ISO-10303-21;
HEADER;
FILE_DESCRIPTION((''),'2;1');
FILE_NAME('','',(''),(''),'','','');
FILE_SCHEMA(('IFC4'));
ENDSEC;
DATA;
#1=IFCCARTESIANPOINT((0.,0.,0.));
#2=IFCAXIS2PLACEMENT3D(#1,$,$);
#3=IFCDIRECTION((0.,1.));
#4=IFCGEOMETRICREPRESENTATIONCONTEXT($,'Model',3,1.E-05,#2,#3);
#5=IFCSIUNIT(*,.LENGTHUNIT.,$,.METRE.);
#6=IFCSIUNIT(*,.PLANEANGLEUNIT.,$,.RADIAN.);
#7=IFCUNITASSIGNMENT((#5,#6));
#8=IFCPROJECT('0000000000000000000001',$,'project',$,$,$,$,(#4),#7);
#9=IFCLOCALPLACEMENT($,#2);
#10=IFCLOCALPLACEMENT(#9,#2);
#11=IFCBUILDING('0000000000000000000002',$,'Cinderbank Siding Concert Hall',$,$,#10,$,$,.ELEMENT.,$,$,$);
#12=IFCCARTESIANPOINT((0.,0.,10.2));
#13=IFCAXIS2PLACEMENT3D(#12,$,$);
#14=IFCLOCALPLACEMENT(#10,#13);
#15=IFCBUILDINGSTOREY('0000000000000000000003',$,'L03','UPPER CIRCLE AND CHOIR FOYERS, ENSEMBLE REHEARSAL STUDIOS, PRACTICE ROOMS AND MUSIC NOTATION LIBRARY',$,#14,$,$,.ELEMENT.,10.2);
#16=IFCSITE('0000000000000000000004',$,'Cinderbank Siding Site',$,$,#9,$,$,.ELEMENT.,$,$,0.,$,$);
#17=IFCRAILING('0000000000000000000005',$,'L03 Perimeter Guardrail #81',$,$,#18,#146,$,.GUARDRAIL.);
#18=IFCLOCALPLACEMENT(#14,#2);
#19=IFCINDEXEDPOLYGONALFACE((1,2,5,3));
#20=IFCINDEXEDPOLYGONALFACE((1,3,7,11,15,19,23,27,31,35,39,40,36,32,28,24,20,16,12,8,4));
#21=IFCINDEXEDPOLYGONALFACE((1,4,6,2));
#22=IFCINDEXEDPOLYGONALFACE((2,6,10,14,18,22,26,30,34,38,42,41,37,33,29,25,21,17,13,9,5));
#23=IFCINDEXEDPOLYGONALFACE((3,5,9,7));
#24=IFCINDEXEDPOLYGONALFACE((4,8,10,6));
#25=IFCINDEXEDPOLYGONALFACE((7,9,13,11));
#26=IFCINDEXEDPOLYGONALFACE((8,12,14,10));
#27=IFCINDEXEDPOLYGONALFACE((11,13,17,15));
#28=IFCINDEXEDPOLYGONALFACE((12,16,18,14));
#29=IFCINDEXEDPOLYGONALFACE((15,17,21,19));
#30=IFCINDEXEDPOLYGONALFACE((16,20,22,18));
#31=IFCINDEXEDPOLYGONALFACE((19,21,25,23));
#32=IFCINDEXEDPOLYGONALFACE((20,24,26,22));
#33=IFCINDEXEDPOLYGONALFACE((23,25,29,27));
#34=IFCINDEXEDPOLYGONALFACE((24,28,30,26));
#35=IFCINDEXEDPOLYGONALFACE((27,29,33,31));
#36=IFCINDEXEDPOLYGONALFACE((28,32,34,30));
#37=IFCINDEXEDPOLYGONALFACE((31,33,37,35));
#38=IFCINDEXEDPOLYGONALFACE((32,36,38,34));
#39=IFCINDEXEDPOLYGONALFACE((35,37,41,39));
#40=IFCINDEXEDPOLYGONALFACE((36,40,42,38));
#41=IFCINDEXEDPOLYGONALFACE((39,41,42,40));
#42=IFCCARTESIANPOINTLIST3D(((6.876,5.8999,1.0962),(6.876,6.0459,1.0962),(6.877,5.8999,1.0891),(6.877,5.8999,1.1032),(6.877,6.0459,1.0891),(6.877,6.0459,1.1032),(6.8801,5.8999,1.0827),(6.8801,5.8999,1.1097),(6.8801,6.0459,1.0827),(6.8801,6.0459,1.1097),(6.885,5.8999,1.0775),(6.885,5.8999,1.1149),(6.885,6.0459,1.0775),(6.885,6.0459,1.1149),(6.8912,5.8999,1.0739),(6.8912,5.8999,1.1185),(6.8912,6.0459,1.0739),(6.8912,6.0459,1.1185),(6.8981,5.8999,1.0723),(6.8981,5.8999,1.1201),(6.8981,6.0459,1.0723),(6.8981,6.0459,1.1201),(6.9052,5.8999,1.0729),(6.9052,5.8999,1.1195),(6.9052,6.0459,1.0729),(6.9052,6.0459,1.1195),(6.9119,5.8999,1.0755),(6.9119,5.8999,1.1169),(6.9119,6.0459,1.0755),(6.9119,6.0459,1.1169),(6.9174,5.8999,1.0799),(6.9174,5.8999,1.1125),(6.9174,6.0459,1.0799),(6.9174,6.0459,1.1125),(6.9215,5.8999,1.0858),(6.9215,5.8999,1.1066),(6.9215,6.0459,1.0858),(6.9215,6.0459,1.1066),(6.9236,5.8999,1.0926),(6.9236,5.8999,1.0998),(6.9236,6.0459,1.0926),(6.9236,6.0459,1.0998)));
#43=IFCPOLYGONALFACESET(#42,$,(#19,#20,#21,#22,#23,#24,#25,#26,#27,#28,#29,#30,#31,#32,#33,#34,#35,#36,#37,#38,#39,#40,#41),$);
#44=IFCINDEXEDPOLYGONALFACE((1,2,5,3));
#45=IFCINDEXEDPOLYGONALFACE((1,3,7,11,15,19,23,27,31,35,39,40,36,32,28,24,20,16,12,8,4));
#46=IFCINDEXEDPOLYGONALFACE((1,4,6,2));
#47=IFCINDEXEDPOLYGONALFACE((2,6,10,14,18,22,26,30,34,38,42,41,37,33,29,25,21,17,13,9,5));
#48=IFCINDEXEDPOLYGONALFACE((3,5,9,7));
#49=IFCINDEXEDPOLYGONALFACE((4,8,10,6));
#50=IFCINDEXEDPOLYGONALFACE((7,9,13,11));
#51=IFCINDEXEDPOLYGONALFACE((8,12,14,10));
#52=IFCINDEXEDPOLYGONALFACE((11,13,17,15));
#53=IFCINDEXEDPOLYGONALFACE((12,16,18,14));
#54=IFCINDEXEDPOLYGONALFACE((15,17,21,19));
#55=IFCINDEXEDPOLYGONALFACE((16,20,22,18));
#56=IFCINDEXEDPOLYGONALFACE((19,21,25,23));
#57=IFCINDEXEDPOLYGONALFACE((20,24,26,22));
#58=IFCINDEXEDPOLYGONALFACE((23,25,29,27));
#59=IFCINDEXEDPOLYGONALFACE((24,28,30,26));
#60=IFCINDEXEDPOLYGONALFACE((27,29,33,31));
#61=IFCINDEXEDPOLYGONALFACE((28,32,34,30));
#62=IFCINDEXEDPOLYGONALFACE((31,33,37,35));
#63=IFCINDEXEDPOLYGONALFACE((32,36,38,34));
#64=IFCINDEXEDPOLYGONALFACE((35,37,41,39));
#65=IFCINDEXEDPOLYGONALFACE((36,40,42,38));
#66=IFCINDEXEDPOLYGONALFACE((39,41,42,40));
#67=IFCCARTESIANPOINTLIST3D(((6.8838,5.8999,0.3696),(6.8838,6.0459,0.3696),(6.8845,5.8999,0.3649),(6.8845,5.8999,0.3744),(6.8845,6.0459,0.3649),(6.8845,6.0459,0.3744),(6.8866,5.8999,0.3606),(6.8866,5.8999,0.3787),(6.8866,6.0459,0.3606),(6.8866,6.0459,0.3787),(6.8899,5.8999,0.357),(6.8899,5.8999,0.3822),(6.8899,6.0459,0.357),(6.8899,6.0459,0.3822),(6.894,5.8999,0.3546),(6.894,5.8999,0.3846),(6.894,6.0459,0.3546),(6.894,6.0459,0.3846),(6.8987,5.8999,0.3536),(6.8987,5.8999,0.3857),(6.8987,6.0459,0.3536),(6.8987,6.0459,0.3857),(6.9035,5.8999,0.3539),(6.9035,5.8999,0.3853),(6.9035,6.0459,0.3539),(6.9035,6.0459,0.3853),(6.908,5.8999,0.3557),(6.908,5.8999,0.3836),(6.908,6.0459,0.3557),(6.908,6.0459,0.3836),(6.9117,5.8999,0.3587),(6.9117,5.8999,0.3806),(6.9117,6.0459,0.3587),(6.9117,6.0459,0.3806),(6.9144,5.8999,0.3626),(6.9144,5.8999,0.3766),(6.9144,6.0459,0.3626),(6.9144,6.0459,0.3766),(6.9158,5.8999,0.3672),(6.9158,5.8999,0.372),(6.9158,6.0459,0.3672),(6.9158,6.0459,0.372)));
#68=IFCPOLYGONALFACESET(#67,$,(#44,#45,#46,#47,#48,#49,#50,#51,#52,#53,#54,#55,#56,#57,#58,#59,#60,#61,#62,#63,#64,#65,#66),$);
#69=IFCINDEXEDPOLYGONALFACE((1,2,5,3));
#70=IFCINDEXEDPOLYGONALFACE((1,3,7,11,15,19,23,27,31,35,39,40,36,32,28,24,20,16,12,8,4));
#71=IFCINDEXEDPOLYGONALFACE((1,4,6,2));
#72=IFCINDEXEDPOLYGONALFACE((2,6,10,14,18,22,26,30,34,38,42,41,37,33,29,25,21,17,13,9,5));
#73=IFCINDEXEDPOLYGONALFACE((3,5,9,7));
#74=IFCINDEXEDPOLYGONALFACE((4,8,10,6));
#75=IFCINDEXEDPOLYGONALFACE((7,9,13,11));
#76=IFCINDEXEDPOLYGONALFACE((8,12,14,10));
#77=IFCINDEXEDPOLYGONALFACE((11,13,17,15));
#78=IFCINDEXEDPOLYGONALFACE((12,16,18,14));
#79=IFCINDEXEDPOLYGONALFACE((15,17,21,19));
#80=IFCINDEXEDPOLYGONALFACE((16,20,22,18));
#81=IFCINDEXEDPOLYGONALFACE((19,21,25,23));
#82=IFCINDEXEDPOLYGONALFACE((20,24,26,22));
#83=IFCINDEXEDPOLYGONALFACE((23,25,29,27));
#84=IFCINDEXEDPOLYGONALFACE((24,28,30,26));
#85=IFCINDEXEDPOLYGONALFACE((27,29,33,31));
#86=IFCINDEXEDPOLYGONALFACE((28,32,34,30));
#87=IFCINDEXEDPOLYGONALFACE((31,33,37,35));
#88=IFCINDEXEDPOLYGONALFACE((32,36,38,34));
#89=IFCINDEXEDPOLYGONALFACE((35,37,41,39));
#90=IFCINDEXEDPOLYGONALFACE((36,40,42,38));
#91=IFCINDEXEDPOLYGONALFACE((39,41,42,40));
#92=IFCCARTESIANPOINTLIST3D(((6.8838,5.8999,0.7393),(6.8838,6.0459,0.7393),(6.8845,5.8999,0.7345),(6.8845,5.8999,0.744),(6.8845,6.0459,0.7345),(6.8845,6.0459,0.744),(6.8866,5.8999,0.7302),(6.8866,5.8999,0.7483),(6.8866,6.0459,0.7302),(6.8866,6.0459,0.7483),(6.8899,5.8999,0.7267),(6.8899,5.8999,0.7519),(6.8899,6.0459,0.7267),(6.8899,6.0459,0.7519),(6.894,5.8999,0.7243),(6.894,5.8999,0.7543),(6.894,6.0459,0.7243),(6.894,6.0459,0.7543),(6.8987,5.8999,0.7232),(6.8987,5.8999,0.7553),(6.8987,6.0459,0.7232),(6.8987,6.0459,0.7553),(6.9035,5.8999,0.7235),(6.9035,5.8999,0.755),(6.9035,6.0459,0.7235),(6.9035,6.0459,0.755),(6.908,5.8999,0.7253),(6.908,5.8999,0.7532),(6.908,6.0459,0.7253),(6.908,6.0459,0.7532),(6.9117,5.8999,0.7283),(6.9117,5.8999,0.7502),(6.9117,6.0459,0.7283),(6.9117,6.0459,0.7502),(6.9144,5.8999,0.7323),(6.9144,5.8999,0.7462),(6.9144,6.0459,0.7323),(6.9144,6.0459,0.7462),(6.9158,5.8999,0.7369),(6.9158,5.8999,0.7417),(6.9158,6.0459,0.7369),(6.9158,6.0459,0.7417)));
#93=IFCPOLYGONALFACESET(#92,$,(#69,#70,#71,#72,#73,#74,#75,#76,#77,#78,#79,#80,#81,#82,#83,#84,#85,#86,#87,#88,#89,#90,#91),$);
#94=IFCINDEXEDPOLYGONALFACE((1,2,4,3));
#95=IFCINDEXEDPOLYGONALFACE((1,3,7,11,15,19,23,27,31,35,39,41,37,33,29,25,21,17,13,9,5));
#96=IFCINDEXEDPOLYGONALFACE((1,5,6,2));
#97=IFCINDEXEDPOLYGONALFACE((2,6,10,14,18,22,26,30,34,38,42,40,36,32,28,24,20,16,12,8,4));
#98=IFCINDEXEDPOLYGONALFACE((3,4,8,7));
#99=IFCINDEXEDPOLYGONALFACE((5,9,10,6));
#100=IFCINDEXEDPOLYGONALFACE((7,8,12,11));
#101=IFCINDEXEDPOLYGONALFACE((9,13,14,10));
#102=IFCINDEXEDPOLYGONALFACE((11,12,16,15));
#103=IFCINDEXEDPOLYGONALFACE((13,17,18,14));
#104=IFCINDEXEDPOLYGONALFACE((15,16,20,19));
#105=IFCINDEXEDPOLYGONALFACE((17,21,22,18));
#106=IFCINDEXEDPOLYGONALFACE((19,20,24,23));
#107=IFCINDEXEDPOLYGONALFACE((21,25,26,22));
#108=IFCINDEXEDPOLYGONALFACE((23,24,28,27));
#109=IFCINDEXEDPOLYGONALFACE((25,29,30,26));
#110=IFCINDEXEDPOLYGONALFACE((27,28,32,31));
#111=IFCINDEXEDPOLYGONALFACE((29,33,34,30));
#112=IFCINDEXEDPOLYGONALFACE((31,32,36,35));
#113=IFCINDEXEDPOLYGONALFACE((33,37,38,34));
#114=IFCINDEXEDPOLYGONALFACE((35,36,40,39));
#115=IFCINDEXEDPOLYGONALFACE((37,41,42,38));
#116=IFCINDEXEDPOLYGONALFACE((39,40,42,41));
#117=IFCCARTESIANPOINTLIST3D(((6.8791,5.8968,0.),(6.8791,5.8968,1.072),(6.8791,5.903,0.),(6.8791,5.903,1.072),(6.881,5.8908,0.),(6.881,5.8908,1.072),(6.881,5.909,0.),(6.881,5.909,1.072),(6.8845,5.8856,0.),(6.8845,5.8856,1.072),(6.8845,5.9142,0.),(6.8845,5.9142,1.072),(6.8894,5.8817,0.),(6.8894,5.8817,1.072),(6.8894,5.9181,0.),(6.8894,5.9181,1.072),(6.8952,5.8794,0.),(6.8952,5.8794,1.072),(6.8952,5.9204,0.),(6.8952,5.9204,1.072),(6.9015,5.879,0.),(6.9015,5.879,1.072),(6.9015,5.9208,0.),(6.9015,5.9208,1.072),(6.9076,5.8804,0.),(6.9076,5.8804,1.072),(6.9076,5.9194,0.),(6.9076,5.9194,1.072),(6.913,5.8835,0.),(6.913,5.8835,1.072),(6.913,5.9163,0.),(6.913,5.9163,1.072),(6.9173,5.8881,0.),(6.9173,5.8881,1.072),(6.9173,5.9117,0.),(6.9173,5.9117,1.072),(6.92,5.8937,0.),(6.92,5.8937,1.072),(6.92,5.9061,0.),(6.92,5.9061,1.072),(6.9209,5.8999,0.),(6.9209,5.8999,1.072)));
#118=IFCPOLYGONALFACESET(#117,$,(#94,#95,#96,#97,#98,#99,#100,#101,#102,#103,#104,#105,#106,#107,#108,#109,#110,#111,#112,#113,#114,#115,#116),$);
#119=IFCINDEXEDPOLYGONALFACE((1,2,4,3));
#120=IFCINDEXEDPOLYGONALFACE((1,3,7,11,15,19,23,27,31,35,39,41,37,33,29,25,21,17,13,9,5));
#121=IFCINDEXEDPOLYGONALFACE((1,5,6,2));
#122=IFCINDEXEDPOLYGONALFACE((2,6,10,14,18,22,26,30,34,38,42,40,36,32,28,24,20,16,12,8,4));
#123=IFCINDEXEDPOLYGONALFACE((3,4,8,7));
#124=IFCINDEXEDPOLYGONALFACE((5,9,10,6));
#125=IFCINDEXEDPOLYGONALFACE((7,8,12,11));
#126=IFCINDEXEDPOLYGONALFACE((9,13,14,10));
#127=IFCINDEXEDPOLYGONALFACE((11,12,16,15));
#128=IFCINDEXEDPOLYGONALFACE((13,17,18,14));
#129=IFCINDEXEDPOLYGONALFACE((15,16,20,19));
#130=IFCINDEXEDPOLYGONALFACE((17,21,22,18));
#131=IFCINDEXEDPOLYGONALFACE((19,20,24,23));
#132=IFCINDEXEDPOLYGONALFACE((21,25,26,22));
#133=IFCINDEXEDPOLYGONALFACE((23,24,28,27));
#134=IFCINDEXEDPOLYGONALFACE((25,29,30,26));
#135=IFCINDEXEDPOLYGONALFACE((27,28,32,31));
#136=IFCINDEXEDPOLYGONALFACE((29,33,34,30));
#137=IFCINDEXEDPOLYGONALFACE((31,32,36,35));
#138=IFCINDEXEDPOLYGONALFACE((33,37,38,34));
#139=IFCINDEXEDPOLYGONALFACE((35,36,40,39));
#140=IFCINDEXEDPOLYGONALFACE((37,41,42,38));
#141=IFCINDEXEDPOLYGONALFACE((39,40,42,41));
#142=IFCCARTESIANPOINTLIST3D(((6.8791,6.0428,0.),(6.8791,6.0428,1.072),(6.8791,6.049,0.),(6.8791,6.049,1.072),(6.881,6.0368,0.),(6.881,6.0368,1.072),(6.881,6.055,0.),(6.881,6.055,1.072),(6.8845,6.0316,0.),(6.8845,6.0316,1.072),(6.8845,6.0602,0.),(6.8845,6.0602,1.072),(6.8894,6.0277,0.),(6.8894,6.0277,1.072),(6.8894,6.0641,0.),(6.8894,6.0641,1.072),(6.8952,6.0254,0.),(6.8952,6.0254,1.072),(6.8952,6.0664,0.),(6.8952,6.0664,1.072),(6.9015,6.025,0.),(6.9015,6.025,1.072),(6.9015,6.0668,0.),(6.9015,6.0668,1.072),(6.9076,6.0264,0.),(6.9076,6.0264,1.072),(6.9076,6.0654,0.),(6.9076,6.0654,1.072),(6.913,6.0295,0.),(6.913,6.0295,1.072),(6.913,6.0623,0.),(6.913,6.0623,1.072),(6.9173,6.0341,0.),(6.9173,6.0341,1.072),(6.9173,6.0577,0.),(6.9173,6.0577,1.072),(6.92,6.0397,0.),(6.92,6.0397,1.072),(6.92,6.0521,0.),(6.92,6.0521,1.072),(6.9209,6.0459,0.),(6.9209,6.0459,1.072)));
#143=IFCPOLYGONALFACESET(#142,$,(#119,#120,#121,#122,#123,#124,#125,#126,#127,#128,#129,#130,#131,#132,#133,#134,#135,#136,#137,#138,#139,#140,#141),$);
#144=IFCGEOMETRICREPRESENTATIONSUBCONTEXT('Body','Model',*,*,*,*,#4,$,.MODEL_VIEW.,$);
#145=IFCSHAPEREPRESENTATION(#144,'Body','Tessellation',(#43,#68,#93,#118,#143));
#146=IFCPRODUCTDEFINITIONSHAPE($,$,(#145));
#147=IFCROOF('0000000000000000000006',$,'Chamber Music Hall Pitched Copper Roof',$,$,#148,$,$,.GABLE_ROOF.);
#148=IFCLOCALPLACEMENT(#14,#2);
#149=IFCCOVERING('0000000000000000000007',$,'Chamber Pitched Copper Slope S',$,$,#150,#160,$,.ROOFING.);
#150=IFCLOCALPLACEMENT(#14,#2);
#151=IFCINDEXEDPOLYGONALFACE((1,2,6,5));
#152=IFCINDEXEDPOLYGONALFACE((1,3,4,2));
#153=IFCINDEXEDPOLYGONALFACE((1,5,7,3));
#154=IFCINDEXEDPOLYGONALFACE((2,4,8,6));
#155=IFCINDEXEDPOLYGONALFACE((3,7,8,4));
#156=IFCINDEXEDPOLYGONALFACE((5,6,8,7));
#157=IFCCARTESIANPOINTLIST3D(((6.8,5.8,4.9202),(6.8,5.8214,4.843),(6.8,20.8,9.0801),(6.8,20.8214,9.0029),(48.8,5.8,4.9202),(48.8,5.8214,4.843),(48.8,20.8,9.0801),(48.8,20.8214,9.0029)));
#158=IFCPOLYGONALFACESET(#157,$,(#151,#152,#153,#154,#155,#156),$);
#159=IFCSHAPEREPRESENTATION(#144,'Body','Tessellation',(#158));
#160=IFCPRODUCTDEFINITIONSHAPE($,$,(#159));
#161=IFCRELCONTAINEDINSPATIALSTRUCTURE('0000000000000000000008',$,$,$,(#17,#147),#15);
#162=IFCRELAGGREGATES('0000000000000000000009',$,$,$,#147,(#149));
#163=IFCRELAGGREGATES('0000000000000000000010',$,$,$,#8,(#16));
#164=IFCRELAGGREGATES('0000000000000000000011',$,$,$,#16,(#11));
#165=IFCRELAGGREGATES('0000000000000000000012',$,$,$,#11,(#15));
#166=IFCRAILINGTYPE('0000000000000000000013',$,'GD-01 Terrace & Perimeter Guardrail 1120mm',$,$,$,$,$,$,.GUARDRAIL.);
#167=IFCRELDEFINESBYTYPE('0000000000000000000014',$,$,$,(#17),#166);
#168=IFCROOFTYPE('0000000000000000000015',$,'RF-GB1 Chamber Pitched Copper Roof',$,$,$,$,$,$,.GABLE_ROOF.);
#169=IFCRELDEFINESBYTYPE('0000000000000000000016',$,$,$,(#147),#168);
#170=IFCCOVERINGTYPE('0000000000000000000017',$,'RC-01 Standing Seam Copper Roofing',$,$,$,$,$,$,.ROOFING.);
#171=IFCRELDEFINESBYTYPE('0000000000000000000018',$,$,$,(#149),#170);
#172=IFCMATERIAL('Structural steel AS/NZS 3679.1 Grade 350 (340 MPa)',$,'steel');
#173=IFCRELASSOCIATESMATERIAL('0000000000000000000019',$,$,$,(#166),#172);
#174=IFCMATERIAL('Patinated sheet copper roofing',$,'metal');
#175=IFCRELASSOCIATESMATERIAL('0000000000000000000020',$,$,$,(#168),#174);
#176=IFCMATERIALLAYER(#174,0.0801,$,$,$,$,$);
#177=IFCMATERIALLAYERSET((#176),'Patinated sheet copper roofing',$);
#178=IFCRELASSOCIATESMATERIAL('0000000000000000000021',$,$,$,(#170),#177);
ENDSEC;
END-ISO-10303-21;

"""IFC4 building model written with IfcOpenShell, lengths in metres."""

from ifc_helpers import new_model, si_unit, direction, frame, origin, origin_2d, place, context, subcontext, project, spatial, polyline, circle, outline, extrude, material, layer, layer_set, type_object, element, aggregate, save


model = new_model("IFC4")

# Units and contexts
model_context = context("Model", 3, precision=1e-05, world=origin(), true_north=direction((0.0, 1.0)))
body_context = subcontext(model_context, "Body", "Model", "MODEL_VIEW")
ifc_project = project(units=[si_unit("LENGTHUNIT", "METRE"), si_unit("PLANEANGLEUNIT", "RADIAN")], contexts=[model_context])

# Site, building, storey
site_placement = place(None, origin())
site = spatial("IfcSite", under=ifc_project, at=site_placement, Name="Cinderbank Siding Site", CompositionType="ELEMENT", RefElevation=0.0)
building_placement = place(site_placement, origin())
building = spatial("IfcBuilding", under=site, at=building_placement, Name="Cinderbank Siding Concert Hall", CompositionType="ELEMENT")
storey_placement = place(building_placement, frame((0.0, 0.0, 10.2)))
storey = spatial("IfcBuildingStorey", under=building, at=storey_placement, Name="L03", Description="UPPER CIRCLE AND CHOIR FOYERS, ENSEMBLE REHEARSAL STUDIOS, PRACTICE ROOMS AND MUSIC NOTATION LIBRARY", CompositionType="ELEMENT", Elevation=10.2)

# Shared definitions
ifc_material_1 = material(Name="Structural steel AS/NZS 3679.1 Grade 350 (340 MPa)", Category="steel")

# Railing
railing_type = type_object("IfcRailingType", Name="GD-01 Terrace & Perimeter Guardrail 1120mm", PredefinedType="GUARDRAIL", material=ifc_material_1)
railing_1_placement = place(storey_placement, frame((6.8999, 5.8999, 0.0)))
element("IfcRailing", 1, at=railing_1_placement, inside=storey, type_object=railing_type, Name="L03 Perimeter Guardrail #81", PredefinedType="GUARDRAIL", context=body_context, shape_type="SweptSolid", body=[
    extrude(circle(Radius=0.0239, at=origin_2d()), frame((0.0, 0.0, 1.0962), z_axis=(0.0, 1.0, 0.0), x_axis=(-1.0, 0.0, 0.0)), (0.0, 0.0, 1.0), 0.146),
    extrude(circle(Radius=0.0161, at=origin_2d()), frame((0.0, 0.0, 0.3696), z_axis=(0.0, 1.0, 0.0), x_axis=(-1.0, 0.0, 0.0)), (0.0, 0.0, 1.0), 0.146),
    extrude(circle(Radius=0.0161, at=origin_2d()), frame((0.0, 0.0, 0.7393), z_axis=(0.0, 1.0, 0.0), x_axis=(-1.0, 0.0, 0.0)), (0.0, 0.0, 1.0), 0.146),
    extrude(circle(Radius=0.021, at=origin_2d()), origin(), (0.0, 0.0, 1.0), 1.072),
    extrude(circle(Radius=0.021, at=origin_2d()), frame((0.0, 0.146, 0.0)), (0.0, 0.0, 1.0), 1.072),
])

# Roof, covering
ifc_material_2 = material(Name="Patinated sheet copper roofing", Category="metal")
roof_type = type_object("IfcRoofType", Name="RF-GB1 Chamber Pitched Copper Roof", PredefinedType="GABLE_ROOF", material=ifc_material_2)
roof_placement = place(storey_placement, origin())
roof = element("IfcRoof", 2, at=roof_placement, inside=storey, type_object=roof_type, Name="Chamber Music Hall Pitched Copper Roof", PredefinedType="GABLE_ROOF")
ifc_layer_1 = layer(ifc_material_2, 0.0801)
ifc_layer_set_1 = layer_set([ifc_layer_1], Name="Patinated sheet copper roofing")
covering_type = type_object("IfcCoveringType", Name="RC-01 Standing Seam Copper Roofing", PredefinedType="ROOFING", material=ifc_layer_set_1)
covering_placement = place(storey_placement, frame((6.8, 5.8, 4.9202), z_axis=(0.0, -0.267241, 0.96363), x_axis=(1.0, 0.0, 0.0)))
covering = element("IfcCovering", 3, at=covering_placement, type_object=covering_type, Name="Chamber Pitched Copper Slope S", PredefinedType="ROOFING", context=body_context, shape_type="SweptSolid", body=[
    extrude(outline(polyline([(0.0, 0.0), (42.0, 0.0), (42.0, 15.5661), (0.0, 15.5661), (0.0, 0.0)])), origin(), (0.0, 0.0, -1.0), 0.0801),
])
aggregate(roof, [covering])

save(model, "model.ifc")
